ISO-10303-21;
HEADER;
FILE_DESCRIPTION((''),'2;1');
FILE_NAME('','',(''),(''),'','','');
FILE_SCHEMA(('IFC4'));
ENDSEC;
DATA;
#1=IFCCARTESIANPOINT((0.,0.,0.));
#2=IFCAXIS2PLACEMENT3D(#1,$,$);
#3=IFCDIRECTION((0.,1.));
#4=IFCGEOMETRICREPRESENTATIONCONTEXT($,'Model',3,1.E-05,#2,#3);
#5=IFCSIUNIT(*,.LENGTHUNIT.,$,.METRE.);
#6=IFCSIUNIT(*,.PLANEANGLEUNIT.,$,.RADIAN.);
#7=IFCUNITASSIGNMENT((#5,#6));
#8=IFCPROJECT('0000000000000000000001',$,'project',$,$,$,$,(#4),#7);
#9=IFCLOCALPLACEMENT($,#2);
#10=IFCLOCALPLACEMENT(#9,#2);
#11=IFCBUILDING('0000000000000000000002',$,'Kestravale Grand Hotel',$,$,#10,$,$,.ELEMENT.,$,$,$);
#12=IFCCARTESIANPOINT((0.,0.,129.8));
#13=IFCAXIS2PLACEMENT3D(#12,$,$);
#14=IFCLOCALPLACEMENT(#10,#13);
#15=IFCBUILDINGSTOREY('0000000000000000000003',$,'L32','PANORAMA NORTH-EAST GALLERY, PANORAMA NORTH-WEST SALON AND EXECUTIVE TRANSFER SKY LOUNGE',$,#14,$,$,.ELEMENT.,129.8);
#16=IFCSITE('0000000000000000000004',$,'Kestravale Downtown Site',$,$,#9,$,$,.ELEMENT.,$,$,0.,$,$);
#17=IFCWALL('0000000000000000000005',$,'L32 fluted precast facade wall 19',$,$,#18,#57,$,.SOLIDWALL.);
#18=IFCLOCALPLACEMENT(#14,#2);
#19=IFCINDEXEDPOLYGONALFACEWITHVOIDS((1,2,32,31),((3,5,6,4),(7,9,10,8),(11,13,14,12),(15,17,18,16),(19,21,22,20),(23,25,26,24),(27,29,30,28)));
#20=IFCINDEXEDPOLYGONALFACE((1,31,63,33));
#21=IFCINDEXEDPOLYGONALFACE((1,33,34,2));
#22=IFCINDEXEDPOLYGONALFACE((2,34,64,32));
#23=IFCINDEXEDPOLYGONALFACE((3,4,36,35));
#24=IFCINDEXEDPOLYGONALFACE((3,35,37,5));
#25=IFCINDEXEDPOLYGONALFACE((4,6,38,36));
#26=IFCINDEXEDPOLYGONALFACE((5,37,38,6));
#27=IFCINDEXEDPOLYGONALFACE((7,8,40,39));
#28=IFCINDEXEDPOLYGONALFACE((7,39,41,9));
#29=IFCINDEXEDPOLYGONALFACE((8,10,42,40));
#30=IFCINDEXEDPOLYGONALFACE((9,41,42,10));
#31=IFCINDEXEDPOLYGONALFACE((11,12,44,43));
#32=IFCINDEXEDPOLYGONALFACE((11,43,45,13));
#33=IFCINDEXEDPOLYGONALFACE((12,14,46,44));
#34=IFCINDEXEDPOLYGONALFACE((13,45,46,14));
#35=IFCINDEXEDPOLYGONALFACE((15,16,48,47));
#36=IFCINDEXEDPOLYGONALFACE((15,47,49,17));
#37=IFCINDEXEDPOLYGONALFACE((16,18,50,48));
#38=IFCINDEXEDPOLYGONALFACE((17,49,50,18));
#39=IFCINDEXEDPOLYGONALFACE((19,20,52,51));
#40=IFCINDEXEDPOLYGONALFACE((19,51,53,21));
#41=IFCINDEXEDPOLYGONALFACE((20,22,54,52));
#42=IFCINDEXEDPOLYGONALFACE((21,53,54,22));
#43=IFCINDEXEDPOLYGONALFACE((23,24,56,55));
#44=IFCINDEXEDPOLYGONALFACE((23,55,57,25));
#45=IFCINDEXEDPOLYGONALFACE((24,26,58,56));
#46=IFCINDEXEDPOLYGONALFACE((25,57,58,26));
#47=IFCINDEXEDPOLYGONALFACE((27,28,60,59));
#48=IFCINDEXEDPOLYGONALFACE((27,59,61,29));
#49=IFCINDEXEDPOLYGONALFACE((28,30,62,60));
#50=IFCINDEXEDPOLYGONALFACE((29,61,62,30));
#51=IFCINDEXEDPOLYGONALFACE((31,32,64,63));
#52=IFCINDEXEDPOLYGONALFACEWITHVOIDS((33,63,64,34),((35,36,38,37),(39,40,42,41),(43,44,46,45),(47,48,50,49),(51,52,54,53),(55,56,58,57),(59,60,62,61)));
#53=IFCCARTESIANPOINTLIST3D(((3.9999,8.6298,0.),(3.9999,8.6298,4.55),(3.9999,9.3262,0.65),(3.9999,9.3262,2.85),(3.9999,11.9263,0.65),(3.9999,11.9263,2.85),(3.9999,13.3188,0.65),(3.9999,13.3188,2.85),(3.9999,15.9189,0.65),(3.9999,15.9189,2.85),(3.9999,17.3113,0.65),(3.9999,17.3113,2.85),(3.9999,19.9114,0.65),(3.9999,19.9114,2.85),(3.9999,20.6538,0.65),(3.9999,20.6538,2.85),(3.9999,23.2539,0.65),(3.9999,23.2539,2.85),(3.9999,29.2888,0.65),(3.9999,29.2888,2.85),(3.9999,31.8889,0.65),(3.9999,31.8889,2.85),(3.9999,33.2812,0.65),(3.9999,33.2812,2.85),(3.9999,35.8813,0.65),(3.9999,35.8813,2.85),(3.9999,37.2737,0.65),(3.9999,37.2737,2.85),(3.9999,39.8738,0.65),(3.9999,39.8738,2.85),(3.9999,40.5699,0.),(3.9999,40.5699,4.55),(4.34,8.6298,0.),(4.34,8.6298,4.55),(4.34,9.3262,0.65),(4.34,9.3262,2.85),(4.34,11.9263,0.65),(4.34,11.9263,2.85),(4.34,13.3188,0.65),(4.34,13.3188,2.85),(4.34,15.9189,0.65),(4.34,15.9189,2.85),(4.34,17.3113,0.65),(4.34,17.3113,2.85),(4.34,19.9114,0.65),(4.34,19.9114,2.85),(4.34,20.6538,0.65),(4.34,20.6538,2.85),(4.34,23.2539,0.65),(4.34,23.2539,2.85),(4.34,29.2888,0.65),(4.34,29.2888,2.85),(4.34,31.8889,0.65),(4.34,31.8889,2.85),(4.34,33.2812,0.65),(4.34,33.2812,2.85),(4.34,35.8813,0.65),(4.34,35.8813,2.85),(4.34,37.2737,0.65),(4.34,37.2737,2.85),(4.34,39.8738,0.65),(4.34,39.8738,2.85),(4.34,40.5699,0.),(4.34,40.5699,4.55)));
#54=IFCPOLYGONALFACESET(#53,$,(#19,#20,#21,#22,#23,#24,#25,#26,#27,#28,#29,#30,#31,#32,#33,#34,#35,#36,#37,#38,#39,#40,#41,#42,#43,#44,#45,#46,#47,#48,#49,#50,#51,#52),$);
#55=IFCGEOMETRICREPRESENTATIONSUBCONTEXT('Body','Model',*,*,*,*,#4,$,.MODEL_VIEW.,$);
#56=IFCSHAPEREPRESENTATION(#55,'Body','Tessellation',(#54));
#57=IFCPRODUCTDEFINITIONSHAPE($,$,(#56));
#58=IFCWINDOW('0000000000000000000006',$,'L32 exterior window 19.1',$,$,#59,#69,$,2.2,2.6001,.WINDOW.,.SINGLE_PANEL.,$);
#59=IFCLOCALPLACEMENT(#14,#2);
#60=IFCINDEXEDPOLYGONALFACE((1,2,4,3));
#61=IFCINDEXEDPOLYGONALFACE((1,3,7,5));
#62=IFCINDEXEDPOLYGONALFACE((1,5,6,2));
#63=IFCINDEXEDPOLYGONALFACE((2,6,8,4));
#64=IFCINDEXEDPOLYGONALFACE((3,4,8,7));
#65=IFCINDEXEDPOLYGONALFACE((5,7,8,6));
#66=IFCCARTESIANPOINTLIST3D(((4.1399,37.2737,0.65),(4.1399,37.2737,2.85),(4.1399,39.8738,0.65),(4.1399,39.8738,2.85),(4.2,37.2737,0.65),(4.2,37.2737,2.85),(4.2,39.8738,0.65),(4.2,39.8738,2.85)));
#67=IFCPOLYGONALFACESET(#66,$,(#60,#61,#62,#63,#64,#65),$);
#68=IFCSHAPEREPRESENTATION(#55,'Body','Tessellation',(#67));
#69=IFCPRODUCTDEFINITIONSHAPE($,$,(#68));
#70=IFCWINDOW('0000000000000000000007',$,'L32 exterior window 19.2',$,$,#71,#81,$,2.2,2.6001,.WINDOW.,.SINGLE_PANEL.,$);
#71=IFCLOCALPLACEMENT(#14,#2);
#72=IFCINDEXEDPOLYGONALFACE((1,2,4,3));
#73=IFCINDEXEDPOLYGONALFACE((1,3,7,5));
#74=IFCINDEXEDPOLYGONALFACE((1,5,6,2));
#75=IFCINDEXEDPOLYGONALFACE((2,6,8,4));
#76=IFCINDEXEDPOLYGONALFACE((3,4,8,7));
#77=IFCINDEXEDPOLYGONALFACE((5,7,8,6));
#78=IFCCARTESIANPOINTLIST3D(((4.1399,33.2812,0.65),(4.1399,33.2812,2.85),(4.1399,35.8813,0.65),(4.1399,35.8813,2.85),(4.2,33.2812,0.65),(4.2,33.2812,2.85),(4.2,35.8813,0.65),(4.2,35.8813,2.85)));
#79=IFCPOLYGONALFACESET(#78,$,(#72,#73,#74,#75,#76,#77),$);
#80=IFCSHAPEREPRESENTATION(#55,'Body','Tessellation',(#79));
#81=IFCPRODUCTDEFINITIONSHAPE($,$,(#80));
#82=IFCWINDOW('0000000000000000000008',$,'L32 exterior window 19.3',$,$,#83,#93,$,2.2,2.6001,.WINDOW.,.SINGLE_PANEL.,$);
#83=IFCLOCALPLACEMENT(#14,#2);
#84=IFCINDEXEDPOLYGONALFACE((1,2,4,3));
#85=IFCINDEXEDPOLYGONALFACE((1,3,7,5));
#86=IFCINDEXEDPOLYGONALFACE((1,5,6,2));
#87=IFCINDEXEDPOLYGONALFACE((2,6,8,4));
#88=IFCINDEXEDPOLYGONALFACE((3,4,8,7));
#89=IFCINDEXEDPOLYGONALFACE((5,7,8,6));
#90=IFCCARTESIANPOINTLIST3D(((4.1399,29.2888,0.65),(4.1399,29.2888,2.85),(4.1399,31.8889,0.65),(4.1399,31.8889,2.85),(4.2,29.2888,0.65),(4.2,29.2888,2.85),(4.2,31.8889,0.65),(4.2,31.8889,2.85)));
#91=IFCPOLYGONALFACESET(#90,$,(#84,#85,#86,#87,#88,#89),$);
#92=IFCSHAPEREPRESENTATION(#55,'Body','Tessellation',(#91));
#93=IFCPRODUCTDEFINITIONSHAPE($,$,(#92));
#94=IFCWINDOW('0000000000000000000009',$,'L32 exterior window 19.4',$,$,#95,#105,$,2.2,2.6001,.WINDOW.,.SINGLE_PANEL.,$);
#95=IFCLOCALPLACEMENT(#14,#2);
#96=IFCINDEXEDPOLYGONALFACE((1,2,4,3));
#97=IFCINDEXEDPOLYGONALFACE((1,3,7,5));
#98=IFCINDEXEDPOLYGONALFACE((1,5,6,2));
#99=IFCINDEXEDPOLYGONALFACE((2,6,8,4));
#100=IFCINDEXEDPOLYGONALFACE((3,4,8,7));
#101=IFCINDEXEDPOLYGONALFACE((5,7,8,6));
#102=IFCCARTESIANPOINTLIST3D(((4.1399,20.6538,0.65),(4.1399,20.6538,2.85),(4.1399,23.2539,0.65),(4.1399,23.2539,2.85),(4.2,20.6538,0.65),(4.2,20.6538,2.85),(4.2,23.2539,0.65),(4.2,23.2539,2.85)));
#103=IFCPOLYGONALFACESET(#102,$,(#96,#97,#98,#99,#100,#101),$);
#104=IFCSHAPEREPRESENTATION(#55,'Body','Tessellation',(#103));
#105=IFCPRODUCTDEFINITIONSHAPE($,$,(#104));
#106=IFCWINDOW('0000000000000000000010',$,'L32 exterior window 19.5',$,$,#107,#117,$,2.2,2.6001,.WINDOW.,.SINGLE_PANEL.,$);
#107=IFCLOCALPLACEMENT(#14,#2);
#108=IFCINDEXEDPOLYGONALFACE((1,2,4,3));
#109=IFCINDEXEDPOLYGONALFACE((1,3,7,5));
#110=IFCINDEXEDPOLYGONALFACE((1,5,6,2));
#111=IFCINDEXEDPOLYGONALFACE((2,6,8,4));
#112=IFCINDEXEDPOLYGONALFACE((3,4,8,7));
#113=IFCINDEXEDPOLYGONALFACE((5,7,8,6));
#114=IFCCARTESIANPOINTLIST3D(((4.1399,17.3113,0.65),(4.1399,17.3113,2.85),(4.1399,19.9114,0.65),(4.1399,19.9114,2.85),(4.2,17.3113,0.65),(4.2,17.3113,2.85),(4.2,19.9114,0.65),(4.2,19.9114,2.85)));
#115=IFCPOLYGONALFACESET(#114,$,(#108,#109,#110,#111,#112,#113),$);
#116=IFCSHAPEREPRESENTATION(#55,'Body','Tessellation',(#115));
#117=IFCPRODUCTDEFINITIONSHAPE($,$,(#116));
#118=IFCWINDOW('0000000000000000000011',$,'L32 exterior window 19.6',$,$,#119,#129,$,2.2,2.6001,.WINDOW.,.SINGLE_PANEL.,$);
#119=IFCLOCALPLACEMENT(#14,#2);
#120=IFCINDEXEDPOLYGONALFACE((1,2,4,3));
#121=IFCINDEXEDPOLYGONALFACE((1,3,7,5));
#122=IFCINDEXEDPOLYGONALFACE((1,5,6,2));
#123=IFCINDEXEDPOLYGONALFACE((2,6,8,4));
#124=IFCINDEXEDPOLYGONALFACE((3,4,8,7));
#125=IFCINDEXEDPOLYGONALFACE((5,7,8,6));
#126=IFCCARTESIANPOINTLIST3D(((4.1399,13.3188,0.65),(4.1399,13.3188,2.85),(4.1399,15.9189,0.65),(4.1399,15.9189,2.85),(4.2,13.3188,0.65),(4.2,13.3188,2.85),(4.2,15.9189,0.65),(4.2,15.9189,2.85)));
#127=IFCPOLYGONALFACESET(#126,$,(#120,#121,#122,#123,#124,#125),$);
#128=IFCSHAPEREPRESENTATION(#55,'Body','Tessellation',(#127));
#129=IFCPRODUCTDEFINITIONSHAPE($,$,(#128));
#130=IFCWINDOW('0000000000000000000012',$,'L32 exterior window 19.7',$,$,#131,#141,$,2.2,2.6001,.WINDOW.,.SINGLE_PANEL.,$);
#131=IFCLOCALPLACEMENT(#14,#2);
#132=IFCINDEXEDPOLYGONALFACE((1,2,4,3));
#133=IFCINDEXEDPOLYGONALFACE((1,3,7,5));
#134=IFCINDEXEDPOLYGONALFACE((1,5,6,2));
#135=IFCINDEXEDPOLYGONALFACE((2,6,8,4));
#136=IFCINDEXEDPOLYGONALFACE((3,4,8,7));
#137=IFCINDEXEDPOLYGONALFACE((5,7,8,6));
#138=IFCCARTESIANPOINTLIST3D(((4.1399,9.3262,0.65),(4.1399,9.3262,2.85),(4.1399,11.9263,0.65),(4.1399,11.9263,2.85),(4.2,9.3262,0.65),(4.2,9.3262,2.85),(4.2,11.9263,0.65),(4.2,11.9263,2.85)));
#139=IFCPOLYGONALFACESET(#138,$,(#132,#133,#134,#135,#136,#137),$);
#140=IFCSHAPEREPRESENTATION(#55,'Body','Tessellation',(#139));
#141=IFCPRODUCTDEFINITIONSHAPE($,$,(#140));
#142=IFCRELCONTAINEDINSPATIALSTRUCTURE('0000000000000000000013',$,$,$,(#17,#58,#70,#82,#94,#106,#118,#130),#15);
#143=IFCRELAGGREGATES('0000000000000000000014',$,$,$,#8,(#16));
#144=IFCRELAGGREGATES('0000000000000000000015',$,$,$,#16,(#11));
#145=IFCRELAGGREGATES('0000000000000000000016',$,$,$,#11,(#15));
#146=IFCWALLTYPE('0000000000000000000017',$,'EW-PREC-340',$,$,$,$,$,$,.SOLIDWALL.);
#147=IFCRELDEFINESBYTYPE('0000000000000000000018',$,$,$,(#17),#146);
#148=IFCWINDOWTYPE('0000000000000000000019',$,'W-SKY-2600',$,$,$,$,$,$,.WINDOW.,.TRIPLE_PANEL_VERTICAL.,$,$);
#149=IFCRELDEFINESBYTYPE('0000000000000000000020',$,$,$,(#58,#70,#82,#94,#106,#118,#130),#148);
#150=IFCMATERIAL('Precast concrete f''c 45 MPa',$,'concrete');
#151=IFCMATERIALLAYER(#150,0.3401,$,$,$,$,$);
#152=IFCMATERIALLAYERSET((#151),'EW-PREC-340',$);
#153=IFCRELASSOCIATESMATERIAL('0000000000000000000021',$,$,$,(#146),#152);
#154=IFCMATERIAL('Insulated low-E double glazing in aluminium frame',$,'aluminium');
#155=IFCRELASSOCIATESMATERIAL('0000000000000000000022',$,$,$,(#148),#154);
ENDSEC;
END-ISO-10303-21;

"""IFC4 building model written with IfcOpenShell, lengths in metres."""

from ifc_helpers import new_model, si_unit, direction, frame, frame_2d, origin, place, context, subcontext, project, spatial, rectangle, extrude, material, layer, layer_set, type_object, element, fill, save


model = new_model("IFC4")

# Units and contexts
model_context = context("Model", 3, precision=1e-05, world=origin(), true_north=direction((0.0, 1.0)))
body_context = subcontext(model_context, "Body", "Model", "MODEL_VIEW")
ifc_project = project(units=[si_unit("LENGTHUNIT", "METRE"), si_unit("PLANEANGLEUNIT", "RADIAN")], contexts=[model_context])

# Site, building, storey
site_placement = place(None, origin())
site = spatial("IfcSite", under=ifc_project, at=site_placement, Name="Kestravale Downtown Site", CompositionType="ELEMENT", RefElevation=0.0)
building_placement = place(site_placement, origin())
building = spatial("IfcBuilding", under=site, at=building_placement, Name="Kestravale Grand Hotel", CompositionType="ELEMENT")
storey_placement = place(building_placement, frame((0.0, 0.0, 129.8)))
storey = spatial("IfcBuildingStorey", under=building, at=storey_placement, Name="L32", Description="PANORAMA NORTH-EAST GALLERY, PANORAMA NORTH-WEST SALON AND EXECUTIVE TRANSFER SKY LOUNGE", CompositionType="ELEMENT", Elevation=129.8)

# Wall, openings, windows
ifc_material_1 = material(Name="Precast concrete f'c 45 MPa", Category="concrete")
ifc_layer_1 = layer(ifc_material_1, 0.3401)
ifc_layer_set_1 = layer_set([ifc_layer_1], Name="EW-PREC-340")
wall_type = type_object("IfcWallType", Name="EW-PREC-340", PredefinedType="SOLIDWALL", material=ifc_layer_set_1)
wall_placement = place(storey_placement, frame((4.1699, 40.5701, 0.0), z_axis=(0.0, 0.0, 1.0), x_axis=(0.0, -1.0, 0.0)))
wall = element("IfcWall", 1, at=wall_placement, inside=storey, type_object=wall_type, Name="L32 fluted precast facade wall 19", PredefinedType="SOLIDWALL", context=body_context, shape_type="SweptSolid", body=[
    extrude(rectangle(XDim=31.9402, YDim=0.3401, at=frame_2d((15.9702, 0.0))), origin(), (0.0, 0.0, 1.0), 4.55),
])
opening_1_placement = place(wall_placement, frame((0.6963, 0.0, 0.6499)))
opening_1 = element("IfcOpeningElement", 2, at=opening_1_placement, cuts=wall, PredefinedType="OPENING", context=body_context, shape_type="SweptSolid", body=[
    extrude(rectangle(XDim=2.6001, YDim=2.2, at=frame_2d((1.3, 1.1001))), frame((0.0, 0.1799, 0.0), z_axis=(0.0, -1.0, 0.0), x_axis=(1.0, 0.0, 0.0)), (0.0, 0.0, 1.0), 0.3601),
])
opening_2_placement = place(wall_placement, frame((4.6887, 0.0, 0.6499)))
opening_2 = element("IfcOpeningElement", 3, at=opening_2_placement, cuts=wall, PredefinedType="OPENING", context=body_context, shape_type="SweptSolid", body=[
    extrude(rectangle(XDim=2.6001, YDim=2.2, at=frame_2d((1.3, 1.1001))), frame((0.0, 0.1799, 0.0), z_axis=(0.0, -1.0, 0.0), x_axis=(1.0, 0.0, 0.0)), (0.0, 0.0, 1.0), 0.3601),
])
opening_3_placement = place(wall_placement, frame((8.6812, 0.0, 0.6499)))
opening_3 = element("IfcOpeningElement", 4, at=opening_3_placement, cuts=wall, PredefinedType="OPENING", context=body_context, shape_type="SweptSolid", body=[
    extrude(rectangle(XDim=2.6001, YDim=2.2, at=frame_2d((1.3, 1.1001))), frame((0.0, 0.1799, 0.0), z_axis=(0.0, -1.0, 0.0), x_axis=(1.0, 0.0, 0.0)), (0.0, 0.0, 1.0), 0.3601),
])
opening_4_placement = place(wall_placement, frame((17.3162, 0.0, 0.6499)))
opening_4 = element("IfcOpeningElement", 5, at=opening_4_placement, cuts=wall, PredefinedType="OPENING", context=body_context, shape_type="SweptSolid", body=[
    extrude(rectangle(XDim=2.6001, YDim=2.2, at=frame_2d((1.3, 1.1001))), frame((0.0, 0.1799, 0.0), z_axis=(0.0, -1.0, 0.0), x_axis=(1.0, 0.0, 0.0)), (0.0, 0.0, 1.0), 0.3601),
])
opening_5_placement = place(wall_placement, frame((20.6587, 0.0, 0.6499)))
opening_5 = element("IfcOpeningElement", 6, at=opening_5_placement, cuts=wall, PredefinedType="OPENING", context=body_context, shape_type="SweptSolid", body=[
    extrude(rectangle(XDim=2.6001, YDim=2.2, at=frame_2d((1.3, 1.1001))), frame((0.0, 0.1799, 0.0), z_axis=(0.0, -1.0, 0.0), x_axis=(1.0, 0.0, 0.0)), (0.0, 0.0, 1.0), 0.3601),
])
opening_6_placement = place(wall_placement, frame((24.6511, 0.0, 0.6499)))
opening_6 = element("IfcOpeningElement", 7, at=opening_6_placement, cuts=wall, PredefinedType="OPENING", context=body_context, shape_type="SweptSolid", body=[
    extrude(rectangle(XDim=2.6001, YDim=2.2, at=frame_2d((1.3, 1.1001))), frame((0.0, 0.1799, 0.0), z_axis=(0.0, -1.0, 0.0), x_axis=(1.0, 0.0, 0.0)), (0.0, 0.0, 1.0), 0.3601),
])
opening_7_placement = place(wall_placement, frame((28.6438, 0.0, 0.6499)))
opening_7 = element("IfcOpeningElement", 8, at=opening_7_placement, cuts=wall, PredefinedType="OPENING", context=body_context, shape_type="SweptSolid", body=[
    extrude(rectangle(XDim=2.6001, YDim=2.2, at=frame_2d((1.3, 1.1001))), frame((0.0, 0.1799, 0.0), z_axis=(0.0, -1.0, 0.0), x_axis=(1.0, 0.0, 0.0)), (0.0, 0.0, 1.0), 0.3601),
])
ifc_material_2 = material(Name="Insulated low-E double glazing in aluminium frame", Category="aluminium")
window_type = type_object("IfcWindowType", Name="W-SKY-2600", PartitioningType="TRIPLE_PANEL_VERTICAL", PredefinedType="WINDOW", material=ifc_material_2)
window_1_placement = place(opening_1_placement, origin())
window_1 = element("IfcWindow", 9, at=window_1_placement, inside=storey, type_object=window_type, Name="L32 exterior window 19.1", OverallHeight=2.2, OverallWidth=2.6001, PartitioningType="SINGLE_PANEL", PredefinedType="WINDOW", context=body_context, shape_type="SweptSolid", body=[
    extrude(rectangle(XDim=2.6001, YDim=2.2, at=frame_2d((1.3, 1.1001))), frame((0.0, 0.03, 0.0), z_axis=(0.0, -1.0, 0.0), x_axis=(1.0, 0.0, 0.0)), (0.0, 0.0, 1.0), 0.0601),
])
fill(opening_1, window_1)
window_2_placement = place(opening_2_placement, origin())
window_2 = element("IfcWindow", 10, at=window_2_placement, inside=storey, type_object=window_type, Name="L32 exterior window 19.2", OverallHeight=2.2, OverallWidth=2.6001, PartitioningType="SINGLE_PANEL", PredefinedType="WINDOW", context=body_context, shape_type="SweptSolid", body=[
    extrude(rectangle(XDim=2.6001, YDim=2.2, at=frame_2d((1.3, 1.1001))), frame((0.0, 0.03, 0.0), z_axis=(0.0, -1.0, 0.0), x_axis=(1.0, 0.0, 0.0)), (0.0, 0.0, 1.0), 0.0601),
])
fill(opening_2, window_2)
window_3_placement = place(opening_3_placement, origin())
window_3 = element("IfcWindow", 11, at=window_3_placement, inside=storey, type_object=window_type, Name="L32 exterior window 19.3", OverallHeight=2.2, OverallWidth=2.6001, PartitioningType="SINGLE_PANEL", PredefinedType="WINDOW", context=body_context, shape_type="SweptSolid", body=[
    extrude(rectangle(XDim=2.6001, YDim=2.2, at=frame_2d((1.3, 1.1001))), frame((0.0, 0.03, 0.0), z_axis=(0.0, -1.0, 0.0), x_axis=(1.0, 0.0, 0.0)), (0.0, 0.0, 1.0), 0.0601),
])
fill(opening_3, window_3)
window_4_placement = place(opening_4_placement, origin())
window_4 = element("IfcWindow", 12, at=window_4_placement, inside=storey, type_object=window_type, Name="L32 exterior window 19.4", OverallHeight=2.2, OverallWidth=2.6001, PartitioningType="SINGLE_PANEL", PredefinedType="WINDOW", context=body_context, shape_type="SweptSolid", body=[
    extrude(rectangle(XDim=2.6001, YDim=2.2, at=frame_2d((1.3, 1.1001))), frame((0.0, 0.03, 0.0), z_axis=(0.0, -1.0, 0.0), x_axis=(1.0, 0.0, 0.0)), (0.0, 0.0, 1.0), 0.0601),
])
fill(opening_4, window_4)
window_5_placement = place(opening_5_placement, origin())
window_5 = element("IfcWindow", 13, at=window_5_placement, inside=storey, type_object=window_type, Name="L32 exterior window 19.5", OverallHeight=2.2, OverallWidth=2.6001, PartitioningType="SINGLE_PANEL", PredefinedType="WINDOW", context=body_context, shape_type="SweptSolid", body=[
    extrude(rectangle(XDim=2.6001, YDim=2.2, at=frame_2d((1.3, 1.1001))), frame((0.0, 0.03, 0.0), z_axis=(0.0, -1.0, 0.0), x_axis=(1.0, 0.0, 0.0)), (0.0, 0.0, 1.0), 0.0601),
])
fill(opening_5, window_5)
window_6_placement = place(opening_6_placement, origin())
window_6 = element("IfcWindow", 14, at=window_6_placement, inside=storey, type_object=window_type, Name="L32 exterior window 19.6", OverallHeight=2.2, OverallWidth=2.6001, PartitioningType="SINGLE_PANEL", PredefinedType="WINDOW", context=body_context, shape_type="SweptSolid", body=[
    extrude(rectangle(XDim=2.6001, YDim=2.2, at=frame_2d((1.3, 1.1001))), frame((0.0, 0.03, 0.0), z_axis=(0.0, -1.0, 0.0), x_axis=(1.0, 0.0, 0.0)), (0.0, 0.0, 1.0), 0.0601),
])
fill(opening_6, window_6)
window_7_placement = place(opening_7_placement, origin())
window_7 = element("IfcWindow", 15, at=window_7_placement, inside=storey, type_object=window_type, Name="L32 exterior window 19.7", OverallHeight=2.2, OverallWidth=2.6001, PartitioningType="SINGLE_PANEL", PredefinedType="WINDOW", context=body_context, shape_type="SweptSolid", body=[
    extrude(rectangle(XDim=2.6001, YDim=2.2, at=frame_2d((1.3, 1.1001))), frame((0.0, 0.03, 0.0), z_axis=(0.0, -1.0, 0.0), x_axis=(1.0, 0.0, 0.0)), (0.0, 0.0, 1.0), 0.0601),
])
fill(opening_7, window_7)

save(model, "model.ifc")
